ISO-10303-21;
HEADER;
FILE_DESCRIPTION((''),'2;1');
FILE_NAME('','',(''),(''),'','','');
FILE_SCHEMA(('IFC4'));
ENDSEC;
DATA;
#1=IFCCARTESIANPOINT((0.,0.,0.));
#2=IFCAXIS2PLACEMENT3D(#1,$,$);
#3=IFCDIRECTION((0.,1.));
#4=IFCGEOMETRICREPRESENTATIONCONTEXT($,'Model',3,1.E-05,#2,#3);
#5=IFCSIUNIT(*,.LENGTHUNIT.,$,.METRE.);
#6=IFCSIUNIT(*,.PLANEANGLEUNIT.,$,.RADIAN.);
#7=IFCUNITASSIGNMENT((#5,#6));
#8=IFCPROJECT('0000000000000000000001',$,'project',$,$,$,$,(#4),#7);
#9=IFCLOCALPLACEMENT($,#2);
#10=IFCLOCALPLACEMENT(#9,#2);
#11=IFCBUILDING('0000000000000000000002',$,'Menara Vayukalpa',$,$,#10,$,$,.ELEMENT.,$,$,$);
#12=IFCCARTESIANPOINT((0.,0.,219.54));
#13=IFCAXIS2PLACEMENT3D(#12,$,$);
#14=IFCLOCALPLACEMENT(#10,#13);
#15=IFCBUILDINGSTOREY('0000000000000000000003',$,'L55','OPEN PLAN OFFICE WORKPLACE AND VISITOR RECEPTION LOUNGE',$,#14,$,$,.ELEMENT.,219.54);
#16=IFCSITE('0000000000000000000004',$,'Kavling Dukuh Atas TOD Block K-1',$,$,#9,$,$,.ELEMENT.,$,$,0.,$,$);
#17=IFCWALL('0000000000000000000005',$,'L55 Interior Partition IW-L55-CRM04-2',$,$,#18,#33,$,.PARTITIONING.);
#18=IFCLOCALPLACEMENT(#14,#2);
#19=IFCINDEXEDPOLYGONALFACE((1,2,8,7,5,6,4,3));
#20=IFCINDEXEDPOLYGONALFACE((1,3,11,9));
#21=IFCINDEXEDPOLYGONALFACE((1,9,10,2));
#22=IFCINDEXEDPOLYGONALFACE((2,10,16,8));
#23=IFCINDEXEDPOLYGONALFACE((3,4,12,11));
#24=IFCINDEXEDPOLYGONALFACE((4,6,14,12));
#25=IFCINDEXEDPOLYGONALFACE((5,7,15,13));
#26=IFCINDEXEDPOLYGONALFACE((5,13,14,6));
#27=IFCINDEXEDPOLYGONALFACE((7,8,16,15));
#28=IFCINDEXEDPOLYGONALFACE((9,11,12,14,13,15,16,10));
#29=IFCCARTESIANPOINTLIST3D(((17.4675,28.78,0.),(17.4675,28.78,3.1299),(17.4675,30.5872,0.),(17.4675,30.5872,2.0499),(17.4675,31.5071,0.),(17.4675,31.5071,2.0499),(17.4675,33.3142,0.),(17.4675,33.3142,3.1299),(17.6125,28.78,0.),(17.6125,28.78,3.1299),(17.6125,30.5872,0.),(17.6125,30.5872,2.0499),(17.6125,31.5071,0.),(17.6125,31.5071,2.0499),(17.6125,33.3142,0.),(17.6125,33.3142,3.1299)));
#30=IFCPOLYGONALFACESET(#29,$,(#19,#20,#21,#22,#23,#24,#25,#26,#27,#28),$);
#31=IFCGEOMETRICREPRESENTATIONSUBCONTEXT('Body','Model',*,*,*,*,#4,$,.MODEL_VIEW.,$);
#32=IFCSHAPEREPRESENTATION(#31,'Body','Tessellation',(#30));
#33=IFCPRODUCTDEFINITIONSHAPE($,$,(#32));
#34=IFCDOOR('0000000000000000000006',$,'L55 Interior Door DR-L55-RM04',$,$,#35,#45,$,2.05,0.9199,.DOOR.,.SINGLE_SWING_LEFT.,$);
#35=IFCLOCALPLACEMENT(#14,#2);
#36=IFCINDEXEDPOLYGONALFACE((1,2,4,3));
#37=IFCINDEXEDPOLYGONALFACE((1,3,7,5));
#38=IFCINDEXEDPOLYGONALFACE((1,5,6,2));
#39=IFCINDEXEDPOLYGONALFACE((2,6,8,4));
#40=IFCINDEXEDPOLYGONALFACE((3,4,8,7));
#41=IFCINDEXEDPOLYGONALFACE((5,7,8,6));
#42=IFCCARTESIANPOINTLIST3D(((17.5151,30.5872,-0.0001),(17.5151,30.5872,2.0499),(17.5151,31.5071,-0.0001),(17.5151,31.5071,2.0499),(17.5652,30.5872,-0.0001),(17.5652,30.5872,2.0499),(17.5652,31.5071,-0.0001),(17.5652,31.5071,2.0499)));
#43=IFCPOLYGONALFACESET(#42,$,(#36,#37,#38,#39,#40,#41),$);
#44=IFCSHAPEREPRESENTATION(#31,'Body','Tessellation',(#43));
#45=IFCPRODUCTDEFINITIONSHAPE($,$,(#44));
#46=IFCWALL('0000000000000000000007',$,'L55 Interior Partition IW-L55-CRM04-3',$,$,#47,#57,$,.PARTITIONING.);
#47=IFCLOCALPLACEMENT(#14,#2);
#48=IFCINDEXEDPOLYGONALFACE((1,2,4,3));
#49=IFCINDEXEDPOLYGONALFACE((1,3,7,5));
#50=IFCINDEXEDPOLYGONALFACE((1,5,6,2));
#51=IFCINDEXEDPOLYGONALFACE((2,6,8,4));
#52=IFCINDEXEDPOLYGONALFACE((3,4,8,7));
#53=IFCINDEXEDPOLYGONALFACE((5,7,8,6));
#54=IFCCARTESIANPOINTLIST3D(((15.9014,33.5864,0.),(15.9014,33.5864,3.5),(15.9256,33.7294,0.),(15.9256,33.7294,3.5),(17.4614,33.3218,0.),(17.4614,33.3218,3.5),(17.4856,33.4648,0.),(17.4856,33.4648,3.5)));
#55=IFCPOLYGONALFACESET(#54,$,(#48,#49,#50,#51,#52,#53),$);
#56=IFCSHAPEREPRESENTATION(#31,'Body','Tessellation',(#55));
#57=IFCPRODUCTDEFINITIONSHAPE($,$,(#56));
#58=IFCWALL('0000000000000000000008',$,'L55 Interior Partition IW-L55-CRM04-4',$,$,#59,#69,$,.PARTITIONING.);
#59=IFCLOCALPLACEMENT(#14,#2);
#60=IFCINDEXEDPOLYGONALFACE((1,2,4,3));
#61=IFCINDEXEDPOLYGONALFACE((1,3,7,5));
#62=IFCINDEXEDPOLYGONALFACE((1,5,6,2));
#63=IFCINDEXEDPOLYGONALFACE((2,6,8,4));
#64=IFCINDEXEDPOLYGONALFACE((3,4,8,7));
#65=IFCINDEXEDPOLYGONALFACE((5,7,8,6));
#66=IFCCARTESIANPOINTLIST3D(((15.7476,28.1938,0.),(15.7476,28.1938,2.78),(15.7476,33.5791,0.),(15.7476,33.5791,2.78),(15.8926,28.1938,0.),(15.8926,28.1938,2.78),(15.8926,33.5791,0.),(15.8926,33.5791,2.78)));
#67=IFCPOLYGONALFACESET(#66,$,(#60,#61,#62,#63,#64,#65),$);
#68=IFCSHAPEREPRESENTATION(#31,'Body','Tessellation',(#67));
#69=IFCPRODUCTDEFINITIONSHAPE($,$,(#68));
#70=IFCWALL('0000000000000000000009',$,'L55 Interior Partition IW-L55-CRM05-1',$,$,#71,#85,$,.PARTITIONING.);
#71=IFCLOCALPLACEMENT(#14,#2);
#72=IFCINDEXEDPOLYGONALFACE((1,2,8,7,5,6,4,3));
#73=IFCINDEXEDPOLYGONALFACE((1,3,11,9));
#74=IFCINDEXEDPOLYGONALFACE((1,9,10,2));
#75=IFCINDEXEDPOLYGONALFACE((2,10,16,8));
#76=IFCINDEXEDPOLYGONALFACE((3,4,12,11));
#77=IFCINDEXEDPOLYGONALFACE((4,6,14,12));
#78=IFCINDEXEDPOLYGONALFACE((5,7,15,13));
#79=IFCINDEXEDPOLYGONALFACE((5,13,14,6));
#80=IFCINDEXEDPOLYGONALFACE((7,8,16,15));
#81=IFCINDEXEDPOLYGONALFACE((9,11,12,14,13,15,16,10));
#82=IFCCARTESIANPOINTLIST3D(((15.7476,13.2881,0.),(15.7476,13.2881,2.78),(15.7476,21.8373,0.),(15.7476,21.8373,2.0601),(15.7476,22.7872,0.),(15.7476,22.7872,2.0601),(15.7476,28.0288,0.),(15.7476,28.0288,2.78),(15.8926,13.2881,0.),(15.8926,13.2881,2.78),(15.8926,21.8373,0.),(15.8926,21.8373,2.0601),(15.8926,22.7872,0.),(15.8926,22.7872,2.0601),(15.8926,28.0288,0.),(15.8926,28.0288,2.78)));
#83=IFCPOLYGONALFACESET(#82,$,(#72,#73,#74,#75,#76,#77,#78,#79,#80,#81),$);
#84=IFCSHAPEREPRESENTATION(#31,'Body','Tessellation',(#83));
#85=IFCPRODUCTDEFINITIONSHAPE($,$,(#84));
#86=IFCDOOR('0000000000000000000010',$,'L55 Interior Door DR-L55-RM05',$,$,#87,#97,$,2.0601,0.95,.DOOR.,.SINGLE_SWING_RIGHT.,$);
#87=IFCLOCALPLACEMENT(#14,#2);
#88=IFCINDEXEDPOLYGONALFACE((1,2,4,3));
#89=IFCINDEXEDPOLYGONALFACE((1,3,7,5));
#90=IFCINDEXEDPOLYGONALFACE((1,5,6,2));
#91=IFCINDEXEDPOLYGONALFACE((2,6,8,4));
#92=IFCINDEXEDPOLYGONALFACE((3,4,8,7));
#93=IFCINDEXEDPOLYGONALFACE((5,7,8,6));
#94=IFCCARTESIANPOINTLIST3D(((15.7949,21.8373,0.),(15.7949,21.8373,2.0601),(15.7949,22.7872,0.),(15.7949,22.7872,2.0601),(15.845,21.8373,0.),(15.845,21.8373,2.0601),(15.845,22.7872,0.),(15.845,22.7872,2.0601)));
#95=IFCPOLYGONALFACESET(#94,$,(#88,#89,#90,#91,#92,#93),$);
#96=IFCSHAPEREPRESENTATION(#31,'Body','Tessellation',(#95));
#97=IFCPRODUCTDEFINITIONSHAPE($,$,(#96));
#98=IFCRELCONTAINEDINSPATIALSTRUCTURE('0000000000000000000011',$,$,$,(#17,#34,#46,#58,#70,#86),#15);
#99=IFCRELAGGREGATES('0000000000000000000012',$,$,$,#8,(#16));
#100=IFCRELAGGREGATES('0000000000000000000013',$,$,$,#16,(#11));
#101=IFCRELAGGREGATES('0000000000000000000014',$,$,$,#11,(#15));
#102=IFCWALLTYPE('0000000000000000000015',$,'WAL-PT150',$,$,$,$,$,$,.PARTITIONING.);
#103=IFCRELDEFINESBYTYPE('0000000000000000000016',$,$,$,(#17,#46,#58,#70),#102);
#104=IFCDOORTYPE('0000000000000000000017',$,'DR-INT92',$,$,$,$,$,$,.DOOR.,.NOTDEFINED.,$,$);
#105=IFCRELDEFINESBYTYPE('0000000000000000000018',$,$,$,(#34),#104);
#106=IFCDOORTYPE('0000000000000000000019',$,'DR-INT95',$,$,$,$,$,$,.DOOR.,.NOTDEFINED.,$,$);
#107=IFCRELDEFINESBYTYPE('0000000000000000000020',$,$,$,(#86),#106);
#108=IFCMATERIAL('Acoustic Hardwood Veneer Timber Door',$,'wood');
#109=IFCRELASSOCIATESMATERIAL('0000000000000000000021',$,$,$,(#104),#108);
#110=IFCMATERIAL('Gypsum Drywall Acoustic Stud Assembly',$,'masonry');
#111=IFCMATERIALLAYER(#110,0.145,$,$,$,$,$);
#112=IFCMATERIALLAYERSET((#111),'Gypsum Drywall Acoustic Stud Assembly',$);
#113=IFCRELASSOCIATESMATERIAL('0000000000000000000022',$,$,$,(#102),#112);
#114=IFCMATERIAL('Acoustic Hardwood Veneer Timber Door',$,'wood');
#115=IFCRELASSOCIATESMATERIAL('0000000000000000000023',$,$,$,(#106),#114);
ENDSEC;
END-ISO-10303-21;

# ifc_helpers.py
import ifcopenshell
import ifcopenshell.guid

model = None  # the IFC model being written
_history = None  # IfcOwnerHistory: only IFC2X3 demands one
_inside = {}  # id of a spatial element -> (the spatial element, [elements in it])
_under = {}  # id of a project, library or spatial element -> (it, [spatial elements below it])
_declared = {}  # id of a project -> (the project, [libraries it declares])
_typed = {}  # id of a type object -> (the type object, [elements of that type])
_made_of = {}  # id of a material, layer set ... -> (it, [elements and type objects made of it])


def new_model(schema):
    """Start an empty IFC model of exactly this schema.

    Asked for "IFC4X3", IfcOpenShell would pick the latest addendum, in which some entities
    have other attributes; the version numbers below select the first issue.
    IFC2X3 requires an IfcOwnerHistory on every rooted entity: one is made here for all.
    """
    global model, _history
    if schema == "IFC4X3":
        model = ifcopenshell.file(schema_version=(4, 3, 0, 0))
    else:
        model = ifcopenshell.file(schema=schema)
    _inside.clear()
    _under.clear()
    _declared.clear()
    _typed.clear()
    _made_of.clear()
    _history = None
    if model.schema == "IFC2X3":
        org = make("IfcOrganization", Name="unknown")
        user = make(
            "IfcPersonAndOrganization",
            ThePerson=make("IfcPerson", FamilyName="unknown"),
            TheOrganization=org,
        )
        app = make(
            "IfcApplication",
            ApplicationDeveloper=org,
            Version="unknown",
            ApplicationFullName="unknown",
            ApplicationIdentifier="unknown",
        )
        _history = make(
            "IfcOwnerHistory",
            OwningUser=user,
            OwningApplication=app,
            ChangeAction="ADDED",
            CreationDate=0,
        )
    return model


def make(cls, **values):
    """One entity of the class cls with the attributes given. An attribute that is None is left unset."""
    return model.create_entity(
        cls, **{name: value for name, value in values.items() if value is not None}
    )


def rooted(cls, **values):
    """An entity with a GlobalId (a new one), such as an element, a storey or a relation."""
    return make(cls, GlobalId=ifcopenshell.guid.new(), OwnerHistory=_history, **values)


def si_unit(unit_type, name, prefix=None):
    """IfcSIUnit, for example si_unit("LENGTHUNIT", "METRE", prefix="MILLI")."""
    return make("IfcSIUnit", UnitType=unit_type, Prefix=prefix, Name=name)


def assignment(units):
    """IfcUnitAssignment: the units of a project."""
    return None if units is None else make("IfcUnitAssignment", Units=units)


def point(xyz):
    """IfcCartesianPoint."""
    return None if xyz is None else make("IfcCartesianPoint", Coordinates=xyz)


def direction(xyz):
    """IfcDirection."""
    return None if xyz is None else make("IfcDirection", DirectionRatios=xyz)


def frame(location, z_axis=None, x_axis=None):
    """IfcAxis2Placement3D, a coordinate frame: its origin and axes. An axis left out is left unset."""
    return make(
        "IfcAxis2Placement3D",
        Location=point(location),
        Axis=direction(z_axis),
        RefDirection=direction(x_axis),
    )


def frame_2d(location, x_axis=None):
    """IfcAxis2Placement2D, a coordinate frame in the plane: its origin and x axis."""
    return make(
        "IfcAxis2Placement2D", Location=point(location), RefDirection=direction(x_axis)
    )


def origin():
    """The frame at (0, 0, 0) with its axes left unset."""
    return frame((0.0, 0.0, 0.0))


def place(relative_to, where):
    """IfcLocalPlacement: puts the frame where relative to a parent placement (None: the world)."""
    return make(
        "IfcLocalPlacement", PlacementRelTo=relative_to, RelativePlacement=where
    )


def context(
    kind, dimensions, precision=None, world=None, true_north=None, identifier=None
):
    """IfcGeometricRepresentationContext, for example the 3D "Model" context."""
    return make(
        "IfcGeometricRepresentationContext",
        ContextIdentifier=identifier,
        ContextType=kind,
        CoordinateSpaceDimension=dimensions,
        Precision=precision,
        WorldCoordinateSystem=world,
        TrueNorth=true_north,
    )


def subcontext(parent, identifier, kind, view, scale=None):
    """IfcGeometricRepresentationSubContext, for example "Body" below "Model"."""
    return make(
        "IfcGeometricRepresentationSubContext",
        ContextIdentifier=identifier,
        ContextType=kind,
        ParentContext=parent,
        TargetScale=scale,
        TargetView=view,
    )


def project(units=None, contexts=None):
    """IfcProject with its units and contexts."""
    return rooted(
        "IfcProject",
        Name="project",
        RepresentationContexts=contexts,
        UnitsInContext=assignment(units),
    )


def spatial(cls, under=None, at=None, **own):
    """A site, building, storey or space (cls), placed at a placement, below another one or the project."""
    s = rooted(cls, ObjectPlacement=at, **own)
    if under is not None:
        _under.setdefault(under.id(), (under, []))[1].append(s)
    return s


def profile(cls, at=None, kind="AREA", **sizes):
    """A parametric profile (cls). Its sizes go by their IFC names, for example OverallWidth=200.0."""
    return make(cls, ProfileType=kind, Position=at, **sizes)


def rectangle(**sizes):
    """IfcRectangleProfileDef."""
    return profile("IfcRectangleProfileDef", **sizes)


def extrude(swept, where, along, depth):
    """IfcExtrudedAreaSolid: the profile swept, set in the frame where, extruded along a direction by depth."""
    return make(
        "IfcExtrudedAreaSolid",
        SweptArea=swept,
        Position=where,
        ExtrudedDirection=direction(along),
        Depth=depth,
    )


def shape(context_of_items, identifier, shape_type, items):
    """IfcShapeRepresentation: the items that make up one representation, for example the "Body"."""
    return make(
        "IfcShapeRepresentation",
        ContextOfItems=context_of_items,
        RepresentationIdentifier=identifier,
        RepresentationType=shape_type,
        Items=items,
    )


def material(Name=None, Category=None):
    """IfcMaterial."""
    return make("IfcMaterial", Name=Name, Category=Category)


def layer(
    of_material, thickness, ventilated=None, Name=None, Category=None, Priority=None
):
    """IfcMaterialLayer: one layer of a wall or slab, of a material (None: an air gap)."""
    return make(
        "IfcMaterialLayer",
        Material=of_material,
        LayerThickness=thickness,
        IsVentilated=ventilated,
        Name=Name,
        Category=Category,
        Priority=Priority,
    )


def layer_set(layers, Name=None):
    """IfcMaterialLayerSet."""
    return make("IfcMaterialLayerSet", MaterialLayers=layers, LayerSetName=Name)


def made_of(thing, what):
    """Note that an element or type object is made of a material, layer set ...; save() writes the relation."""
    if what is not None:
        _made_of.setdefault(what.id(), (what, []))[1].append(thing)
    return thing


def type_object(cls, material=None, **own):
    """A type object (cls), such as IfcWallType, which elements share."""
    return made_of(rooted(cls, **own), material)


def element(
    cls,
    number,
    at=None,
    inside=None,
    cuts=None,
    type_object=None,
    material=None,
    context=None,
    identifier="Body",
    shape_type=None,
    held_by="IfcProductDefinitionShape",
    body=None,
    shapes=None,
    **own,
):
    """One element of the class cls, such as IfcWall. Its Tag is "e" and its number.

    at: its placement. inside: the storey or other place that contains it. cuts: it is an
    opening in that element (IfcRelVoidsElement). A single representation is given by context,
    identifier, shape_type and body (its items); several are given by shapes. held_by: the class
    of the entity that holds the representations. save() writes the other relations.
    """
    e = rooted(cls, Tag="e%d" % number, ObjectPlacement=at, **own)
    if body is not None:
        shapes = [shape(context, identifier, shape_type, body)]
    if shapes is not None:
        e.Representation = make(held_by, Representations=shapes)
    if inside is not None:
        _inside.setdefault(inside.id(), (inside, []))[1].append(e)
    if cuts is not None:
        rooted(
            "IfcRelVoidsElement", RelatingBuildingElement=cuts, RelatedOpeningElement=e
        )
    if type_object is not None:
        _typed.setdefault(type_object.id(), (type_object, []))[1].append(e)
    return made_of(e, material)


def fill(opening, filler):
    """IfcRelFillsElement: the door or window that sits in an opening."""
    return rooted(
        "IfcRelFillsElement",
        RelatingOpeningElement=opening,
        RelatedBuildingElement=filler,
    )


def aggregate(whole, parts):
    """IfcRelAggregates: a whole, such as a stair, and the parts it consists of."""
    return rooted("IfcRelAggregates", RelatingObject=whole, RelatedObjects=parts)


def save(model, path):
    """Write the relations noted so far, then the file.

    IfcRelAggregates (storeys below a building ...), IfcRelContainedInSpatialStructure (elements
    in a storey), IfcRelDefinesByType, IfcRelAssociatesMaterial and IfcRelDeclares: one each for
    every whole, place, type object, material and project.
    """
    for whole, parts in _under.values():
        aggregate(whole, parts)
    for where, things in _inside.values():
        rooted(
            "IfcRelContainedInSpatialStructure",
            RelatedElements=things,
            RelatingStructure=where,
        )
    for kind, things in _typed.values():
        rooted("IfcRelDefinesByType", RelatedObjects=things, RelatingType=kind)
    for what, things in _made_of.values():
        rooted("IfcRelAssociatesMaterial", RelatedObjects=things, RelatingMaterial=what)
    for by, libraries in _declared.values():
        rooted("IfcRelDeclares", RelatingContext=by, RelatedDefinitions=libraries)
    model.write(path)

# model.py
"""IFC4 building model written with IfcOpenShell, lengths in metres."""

from ifc_helpers import new_model, si_unit, direction, frame, frame_2d, origin, place, context, subcontext, project, spatial, rectangle, extrude, material, layer, layer_set, type_object, element, fill, save


model = new_model("IFC4")

# Units and contexts
model_context = context("Model", 3, precision=1e-05, world=origin(), true_north=direction((0.0, 1.0)))
body_context = subcontext(model_context, "Body", "Model", "MODEL_VIEW")
ifc_project = project(units=[si_unit("LENGTHUNIT", "METRE"), si_unit("PLANEANGLEUNIT", "RADIAN")], contexts=[model_context])

# Site, building, storey
site_placement = place(None, origin())
site = spatial("IfcSite", under=ifc_project, at=site_placement, Name="Kavling Dukuh Atas TOD Block K-1", CompositionType="ELEMENT", RefElevation=0.0)
building_placement = place(site_placement, origin())
building = spatial("IfcBuilding", under=site, at=building_placement, Name="Menara Vayukalpa", CompositionType="ELEMENT")
storey_placement = place(building_placement, frame((0.0, 0.0, 219.54)))
storey = spatial("IfcBuildingStorey", under=building, at=storey_placement, Name="L55", Description="OPEN PLAN OFFICE WORKPLACE AND VISITOR RECEPTION LOUNGE", CompositionType="ELEMENT", Elevation=219.54)

# Wall, opening, door
ifc_material_1 = material(Name="Acoustic Hardwood Veneer Timber Door", Category="wood")
door_type_1 = type_object("IfcDoorType", Name="DR-INT92", OperationType="NOTDEFINED", PredefinedType="DOOR", material=ifc_material_1)
ifc_material_2 = material(Name="Gypsum Drywall Acoustic Stud Assembly", Category="masonry")
ifc_layer_1 = layer(ifc_material_2, 0.145)
ifc_layer_set_1 = layer_set([ifc_layer_1], Name="Gypsum Drywall Acoustic Stud Assembly")
wall_type_1 = type_object("IfcWallType", Name="WAL-PT150", PredefinedType="PARTITIONING", material=ifc_layer_set_1)
wall_1_placement = place(storey_placement, frame((17.54, 28.78, 0.0), z_axis=(0.0, 0.0, 1.0), x_axis=(0.0, 1.0, 0.0)))
wall_1 = element("IfcWall", 1, at=wall_1_placement, inside=storey, type_object=wall_type_1, Name="L55 Interior Partition IW-L55-CRM04-2", PredefinedType="PARTITIONING", context=body_context, shape_type="SweptSolid", body=[
    extrude(rectangle(XDim=4.5342, YDim=0.145, at=frame_2d((2.2671, 0.0))), origin(), (0.0, 0.0, 1.0), 3.1299),
])
opening_1_placement = place(wall_1_placement, frame((1.8071, 0.0, 0.0)))
opening_1 = element("IfcOpeningElement", 2, at=opening_1_placement, cuts=wall_1, PredefinedType="OPENING", context=body_context, shape_type="SweptSolid", body=[
    extrude(rectangle(XDim=0.9199, YDim=2.05, at=frame_2d((0.46, 1.0249))), frame((0.0, 0.0825, 0.0), z_axis=(0.0, -1.0, 0.0), x_axis=(1.0, 0.0, 0.0)), (0.0, 0.0, 1.0), 0.165),
])
door_1_placement = place(opening_1_placement, origin())
door_1 = element("IfcDoor", 3, at=door_1_placement, inside=storey, type_object=door_type_1, Name="L55 Interior Door DR-L55-RM04", OperationType="SINGLE_SWING_LEFT", OverallHeight=2.05, OverallWidth=0.9199, PredefinedType="DOOR", context=body_context, shape_type="SweptSolid", body=[
    extrude(rectangle(XDim=0.9199, YDim=2.05, at=frame_2d((0.46, 1.0249))), frame((0.0, 0.0249, 0.0), z_axis=(0.0, -1.0, 0.0), x_axis=(1.0, 0.0, 0.0)), (0.0, 0.0, 1.0), 0.05),
])
fill(opening_1, door_1)

# Walls
wall_2_placement = place(storey_placement, frame((17.4734, 33.3933, 0.0), z_axis=(0.0, 0.0, 1.0), x_axis=(-0.985914, 0.167251, 0.0)))
element("IfcWall", 4, at=wall_2_placement, inside=storey, type_object=wall_type_1, Name="L55 Interior Partition IW-L55-CRM04-3", PredefinedType="PARTITIONING", context=body_context, shape_type="SweptSolid", body=[
    extrude(rectangle(XDim=1.5823, YDim=0.145, at=frame_2d((0.791, 0.0))), origin(), (0.0, 0.0, 1.0), 3.5),
])
wall_3_placement = place(storey_placement, frame((15.8201, 33.5791, 0.0), z_axis=(0.0, 0.0, 1.0), x_axis=(0.0, -1.0, 0.0)))
element("IfcWall", 5, at=wall_3_placement, inside=storey, type_object=wall_type_1, Name="L55 Interior Partition IW-L55-CRM04-4", PredefinedType="PARTITIONING", context=body_context, shape_type="SweptSolid", body=[
    extrude(rectangle(XDim=5.3853, YDim=0.145, at=frame_2d((2.6926, 0.0))), origin(), (0.0, 0.0, 1.0), 2.78),
])

# Wall, opening, door
wall_4_placement = place(storey_placement, frame((15.8201, 28.0288, 0.0), z_axis=(0.0, 0.0, 1.0), x_axis=(0.0, -1.0, 0.0)))
wall_4 = element("IfcWall", 6, at=wall_4_placement, inside=storey, type_object=wall_type_1, Name="L55 Interior Partition IW-L55-CRM05-1", PredefinedType="PARTITIONING", context=body_context, shape_type="SweptSolid", body=[
    extrude(rectangle(XDim=14.7407, YDim=0.145, at=frame_2d((7.3704, 0.0))), origin(), (0.0, 0.0, 1.0), 2.78),
])
opening_2_placement = place(wall_4_placement, frame((5.2415, 0.0, 0.0)))
opening_2 = element("IfcOpeningElement", 7, at=opening_2_placement, cuts=wall_4, PredefinedType="OPENING", context=body_context, shape_type="SweptSolid", body=[
    extrude(rectangle(XDim=0.95, YDim=2.0601, at=frame_2d((0.4751, 1.03))), frame((0.0, 0.0825, 0.0), z_axis=(0.0, -1.0, 0.0), x_axis=(1.0, 0.0, 0.0)), (0.0, 0.0, 1.0), 0.165),
])
ifc_material_3 = material(Name="Acoustic Hardwood Veneer Timber Door", Category="wood")
door_type_2 = type_object("IfcDoorType", Name="DR-INT95", OperationType="NOTDEFINED", PredefinedType="DOOR", material=ifc_material_3)
door_2_placement = place(opening_2_placement, origin())
door_2 = element("IfcDoor", 8, at=door_2_placement, inside=storey, type_object=door_type_2, Name="L55 Interior Door DR-L55-RM05", OperationType="SINGLE_SWING_RIGHT", OverallHeight=2.0601, OverallWidth=0.95, PredefinedType="DOOR", context=body_context, shape_type="SweptSolid", body=[
    extrude(rectangle(XDim=0.95, YDim=2.0601, at=frame_2d((0.4751, 1.03))), frame((0.0, 0.0249, 0.0), z_axis=(0.0, -1.0, 0.0), x_axis=(1.0, 0.0, 0.0)), (0.0, 0.0, 1.0), 0.05),
])
fill(opening_2, door_2)

save(model, "model.ifc")
